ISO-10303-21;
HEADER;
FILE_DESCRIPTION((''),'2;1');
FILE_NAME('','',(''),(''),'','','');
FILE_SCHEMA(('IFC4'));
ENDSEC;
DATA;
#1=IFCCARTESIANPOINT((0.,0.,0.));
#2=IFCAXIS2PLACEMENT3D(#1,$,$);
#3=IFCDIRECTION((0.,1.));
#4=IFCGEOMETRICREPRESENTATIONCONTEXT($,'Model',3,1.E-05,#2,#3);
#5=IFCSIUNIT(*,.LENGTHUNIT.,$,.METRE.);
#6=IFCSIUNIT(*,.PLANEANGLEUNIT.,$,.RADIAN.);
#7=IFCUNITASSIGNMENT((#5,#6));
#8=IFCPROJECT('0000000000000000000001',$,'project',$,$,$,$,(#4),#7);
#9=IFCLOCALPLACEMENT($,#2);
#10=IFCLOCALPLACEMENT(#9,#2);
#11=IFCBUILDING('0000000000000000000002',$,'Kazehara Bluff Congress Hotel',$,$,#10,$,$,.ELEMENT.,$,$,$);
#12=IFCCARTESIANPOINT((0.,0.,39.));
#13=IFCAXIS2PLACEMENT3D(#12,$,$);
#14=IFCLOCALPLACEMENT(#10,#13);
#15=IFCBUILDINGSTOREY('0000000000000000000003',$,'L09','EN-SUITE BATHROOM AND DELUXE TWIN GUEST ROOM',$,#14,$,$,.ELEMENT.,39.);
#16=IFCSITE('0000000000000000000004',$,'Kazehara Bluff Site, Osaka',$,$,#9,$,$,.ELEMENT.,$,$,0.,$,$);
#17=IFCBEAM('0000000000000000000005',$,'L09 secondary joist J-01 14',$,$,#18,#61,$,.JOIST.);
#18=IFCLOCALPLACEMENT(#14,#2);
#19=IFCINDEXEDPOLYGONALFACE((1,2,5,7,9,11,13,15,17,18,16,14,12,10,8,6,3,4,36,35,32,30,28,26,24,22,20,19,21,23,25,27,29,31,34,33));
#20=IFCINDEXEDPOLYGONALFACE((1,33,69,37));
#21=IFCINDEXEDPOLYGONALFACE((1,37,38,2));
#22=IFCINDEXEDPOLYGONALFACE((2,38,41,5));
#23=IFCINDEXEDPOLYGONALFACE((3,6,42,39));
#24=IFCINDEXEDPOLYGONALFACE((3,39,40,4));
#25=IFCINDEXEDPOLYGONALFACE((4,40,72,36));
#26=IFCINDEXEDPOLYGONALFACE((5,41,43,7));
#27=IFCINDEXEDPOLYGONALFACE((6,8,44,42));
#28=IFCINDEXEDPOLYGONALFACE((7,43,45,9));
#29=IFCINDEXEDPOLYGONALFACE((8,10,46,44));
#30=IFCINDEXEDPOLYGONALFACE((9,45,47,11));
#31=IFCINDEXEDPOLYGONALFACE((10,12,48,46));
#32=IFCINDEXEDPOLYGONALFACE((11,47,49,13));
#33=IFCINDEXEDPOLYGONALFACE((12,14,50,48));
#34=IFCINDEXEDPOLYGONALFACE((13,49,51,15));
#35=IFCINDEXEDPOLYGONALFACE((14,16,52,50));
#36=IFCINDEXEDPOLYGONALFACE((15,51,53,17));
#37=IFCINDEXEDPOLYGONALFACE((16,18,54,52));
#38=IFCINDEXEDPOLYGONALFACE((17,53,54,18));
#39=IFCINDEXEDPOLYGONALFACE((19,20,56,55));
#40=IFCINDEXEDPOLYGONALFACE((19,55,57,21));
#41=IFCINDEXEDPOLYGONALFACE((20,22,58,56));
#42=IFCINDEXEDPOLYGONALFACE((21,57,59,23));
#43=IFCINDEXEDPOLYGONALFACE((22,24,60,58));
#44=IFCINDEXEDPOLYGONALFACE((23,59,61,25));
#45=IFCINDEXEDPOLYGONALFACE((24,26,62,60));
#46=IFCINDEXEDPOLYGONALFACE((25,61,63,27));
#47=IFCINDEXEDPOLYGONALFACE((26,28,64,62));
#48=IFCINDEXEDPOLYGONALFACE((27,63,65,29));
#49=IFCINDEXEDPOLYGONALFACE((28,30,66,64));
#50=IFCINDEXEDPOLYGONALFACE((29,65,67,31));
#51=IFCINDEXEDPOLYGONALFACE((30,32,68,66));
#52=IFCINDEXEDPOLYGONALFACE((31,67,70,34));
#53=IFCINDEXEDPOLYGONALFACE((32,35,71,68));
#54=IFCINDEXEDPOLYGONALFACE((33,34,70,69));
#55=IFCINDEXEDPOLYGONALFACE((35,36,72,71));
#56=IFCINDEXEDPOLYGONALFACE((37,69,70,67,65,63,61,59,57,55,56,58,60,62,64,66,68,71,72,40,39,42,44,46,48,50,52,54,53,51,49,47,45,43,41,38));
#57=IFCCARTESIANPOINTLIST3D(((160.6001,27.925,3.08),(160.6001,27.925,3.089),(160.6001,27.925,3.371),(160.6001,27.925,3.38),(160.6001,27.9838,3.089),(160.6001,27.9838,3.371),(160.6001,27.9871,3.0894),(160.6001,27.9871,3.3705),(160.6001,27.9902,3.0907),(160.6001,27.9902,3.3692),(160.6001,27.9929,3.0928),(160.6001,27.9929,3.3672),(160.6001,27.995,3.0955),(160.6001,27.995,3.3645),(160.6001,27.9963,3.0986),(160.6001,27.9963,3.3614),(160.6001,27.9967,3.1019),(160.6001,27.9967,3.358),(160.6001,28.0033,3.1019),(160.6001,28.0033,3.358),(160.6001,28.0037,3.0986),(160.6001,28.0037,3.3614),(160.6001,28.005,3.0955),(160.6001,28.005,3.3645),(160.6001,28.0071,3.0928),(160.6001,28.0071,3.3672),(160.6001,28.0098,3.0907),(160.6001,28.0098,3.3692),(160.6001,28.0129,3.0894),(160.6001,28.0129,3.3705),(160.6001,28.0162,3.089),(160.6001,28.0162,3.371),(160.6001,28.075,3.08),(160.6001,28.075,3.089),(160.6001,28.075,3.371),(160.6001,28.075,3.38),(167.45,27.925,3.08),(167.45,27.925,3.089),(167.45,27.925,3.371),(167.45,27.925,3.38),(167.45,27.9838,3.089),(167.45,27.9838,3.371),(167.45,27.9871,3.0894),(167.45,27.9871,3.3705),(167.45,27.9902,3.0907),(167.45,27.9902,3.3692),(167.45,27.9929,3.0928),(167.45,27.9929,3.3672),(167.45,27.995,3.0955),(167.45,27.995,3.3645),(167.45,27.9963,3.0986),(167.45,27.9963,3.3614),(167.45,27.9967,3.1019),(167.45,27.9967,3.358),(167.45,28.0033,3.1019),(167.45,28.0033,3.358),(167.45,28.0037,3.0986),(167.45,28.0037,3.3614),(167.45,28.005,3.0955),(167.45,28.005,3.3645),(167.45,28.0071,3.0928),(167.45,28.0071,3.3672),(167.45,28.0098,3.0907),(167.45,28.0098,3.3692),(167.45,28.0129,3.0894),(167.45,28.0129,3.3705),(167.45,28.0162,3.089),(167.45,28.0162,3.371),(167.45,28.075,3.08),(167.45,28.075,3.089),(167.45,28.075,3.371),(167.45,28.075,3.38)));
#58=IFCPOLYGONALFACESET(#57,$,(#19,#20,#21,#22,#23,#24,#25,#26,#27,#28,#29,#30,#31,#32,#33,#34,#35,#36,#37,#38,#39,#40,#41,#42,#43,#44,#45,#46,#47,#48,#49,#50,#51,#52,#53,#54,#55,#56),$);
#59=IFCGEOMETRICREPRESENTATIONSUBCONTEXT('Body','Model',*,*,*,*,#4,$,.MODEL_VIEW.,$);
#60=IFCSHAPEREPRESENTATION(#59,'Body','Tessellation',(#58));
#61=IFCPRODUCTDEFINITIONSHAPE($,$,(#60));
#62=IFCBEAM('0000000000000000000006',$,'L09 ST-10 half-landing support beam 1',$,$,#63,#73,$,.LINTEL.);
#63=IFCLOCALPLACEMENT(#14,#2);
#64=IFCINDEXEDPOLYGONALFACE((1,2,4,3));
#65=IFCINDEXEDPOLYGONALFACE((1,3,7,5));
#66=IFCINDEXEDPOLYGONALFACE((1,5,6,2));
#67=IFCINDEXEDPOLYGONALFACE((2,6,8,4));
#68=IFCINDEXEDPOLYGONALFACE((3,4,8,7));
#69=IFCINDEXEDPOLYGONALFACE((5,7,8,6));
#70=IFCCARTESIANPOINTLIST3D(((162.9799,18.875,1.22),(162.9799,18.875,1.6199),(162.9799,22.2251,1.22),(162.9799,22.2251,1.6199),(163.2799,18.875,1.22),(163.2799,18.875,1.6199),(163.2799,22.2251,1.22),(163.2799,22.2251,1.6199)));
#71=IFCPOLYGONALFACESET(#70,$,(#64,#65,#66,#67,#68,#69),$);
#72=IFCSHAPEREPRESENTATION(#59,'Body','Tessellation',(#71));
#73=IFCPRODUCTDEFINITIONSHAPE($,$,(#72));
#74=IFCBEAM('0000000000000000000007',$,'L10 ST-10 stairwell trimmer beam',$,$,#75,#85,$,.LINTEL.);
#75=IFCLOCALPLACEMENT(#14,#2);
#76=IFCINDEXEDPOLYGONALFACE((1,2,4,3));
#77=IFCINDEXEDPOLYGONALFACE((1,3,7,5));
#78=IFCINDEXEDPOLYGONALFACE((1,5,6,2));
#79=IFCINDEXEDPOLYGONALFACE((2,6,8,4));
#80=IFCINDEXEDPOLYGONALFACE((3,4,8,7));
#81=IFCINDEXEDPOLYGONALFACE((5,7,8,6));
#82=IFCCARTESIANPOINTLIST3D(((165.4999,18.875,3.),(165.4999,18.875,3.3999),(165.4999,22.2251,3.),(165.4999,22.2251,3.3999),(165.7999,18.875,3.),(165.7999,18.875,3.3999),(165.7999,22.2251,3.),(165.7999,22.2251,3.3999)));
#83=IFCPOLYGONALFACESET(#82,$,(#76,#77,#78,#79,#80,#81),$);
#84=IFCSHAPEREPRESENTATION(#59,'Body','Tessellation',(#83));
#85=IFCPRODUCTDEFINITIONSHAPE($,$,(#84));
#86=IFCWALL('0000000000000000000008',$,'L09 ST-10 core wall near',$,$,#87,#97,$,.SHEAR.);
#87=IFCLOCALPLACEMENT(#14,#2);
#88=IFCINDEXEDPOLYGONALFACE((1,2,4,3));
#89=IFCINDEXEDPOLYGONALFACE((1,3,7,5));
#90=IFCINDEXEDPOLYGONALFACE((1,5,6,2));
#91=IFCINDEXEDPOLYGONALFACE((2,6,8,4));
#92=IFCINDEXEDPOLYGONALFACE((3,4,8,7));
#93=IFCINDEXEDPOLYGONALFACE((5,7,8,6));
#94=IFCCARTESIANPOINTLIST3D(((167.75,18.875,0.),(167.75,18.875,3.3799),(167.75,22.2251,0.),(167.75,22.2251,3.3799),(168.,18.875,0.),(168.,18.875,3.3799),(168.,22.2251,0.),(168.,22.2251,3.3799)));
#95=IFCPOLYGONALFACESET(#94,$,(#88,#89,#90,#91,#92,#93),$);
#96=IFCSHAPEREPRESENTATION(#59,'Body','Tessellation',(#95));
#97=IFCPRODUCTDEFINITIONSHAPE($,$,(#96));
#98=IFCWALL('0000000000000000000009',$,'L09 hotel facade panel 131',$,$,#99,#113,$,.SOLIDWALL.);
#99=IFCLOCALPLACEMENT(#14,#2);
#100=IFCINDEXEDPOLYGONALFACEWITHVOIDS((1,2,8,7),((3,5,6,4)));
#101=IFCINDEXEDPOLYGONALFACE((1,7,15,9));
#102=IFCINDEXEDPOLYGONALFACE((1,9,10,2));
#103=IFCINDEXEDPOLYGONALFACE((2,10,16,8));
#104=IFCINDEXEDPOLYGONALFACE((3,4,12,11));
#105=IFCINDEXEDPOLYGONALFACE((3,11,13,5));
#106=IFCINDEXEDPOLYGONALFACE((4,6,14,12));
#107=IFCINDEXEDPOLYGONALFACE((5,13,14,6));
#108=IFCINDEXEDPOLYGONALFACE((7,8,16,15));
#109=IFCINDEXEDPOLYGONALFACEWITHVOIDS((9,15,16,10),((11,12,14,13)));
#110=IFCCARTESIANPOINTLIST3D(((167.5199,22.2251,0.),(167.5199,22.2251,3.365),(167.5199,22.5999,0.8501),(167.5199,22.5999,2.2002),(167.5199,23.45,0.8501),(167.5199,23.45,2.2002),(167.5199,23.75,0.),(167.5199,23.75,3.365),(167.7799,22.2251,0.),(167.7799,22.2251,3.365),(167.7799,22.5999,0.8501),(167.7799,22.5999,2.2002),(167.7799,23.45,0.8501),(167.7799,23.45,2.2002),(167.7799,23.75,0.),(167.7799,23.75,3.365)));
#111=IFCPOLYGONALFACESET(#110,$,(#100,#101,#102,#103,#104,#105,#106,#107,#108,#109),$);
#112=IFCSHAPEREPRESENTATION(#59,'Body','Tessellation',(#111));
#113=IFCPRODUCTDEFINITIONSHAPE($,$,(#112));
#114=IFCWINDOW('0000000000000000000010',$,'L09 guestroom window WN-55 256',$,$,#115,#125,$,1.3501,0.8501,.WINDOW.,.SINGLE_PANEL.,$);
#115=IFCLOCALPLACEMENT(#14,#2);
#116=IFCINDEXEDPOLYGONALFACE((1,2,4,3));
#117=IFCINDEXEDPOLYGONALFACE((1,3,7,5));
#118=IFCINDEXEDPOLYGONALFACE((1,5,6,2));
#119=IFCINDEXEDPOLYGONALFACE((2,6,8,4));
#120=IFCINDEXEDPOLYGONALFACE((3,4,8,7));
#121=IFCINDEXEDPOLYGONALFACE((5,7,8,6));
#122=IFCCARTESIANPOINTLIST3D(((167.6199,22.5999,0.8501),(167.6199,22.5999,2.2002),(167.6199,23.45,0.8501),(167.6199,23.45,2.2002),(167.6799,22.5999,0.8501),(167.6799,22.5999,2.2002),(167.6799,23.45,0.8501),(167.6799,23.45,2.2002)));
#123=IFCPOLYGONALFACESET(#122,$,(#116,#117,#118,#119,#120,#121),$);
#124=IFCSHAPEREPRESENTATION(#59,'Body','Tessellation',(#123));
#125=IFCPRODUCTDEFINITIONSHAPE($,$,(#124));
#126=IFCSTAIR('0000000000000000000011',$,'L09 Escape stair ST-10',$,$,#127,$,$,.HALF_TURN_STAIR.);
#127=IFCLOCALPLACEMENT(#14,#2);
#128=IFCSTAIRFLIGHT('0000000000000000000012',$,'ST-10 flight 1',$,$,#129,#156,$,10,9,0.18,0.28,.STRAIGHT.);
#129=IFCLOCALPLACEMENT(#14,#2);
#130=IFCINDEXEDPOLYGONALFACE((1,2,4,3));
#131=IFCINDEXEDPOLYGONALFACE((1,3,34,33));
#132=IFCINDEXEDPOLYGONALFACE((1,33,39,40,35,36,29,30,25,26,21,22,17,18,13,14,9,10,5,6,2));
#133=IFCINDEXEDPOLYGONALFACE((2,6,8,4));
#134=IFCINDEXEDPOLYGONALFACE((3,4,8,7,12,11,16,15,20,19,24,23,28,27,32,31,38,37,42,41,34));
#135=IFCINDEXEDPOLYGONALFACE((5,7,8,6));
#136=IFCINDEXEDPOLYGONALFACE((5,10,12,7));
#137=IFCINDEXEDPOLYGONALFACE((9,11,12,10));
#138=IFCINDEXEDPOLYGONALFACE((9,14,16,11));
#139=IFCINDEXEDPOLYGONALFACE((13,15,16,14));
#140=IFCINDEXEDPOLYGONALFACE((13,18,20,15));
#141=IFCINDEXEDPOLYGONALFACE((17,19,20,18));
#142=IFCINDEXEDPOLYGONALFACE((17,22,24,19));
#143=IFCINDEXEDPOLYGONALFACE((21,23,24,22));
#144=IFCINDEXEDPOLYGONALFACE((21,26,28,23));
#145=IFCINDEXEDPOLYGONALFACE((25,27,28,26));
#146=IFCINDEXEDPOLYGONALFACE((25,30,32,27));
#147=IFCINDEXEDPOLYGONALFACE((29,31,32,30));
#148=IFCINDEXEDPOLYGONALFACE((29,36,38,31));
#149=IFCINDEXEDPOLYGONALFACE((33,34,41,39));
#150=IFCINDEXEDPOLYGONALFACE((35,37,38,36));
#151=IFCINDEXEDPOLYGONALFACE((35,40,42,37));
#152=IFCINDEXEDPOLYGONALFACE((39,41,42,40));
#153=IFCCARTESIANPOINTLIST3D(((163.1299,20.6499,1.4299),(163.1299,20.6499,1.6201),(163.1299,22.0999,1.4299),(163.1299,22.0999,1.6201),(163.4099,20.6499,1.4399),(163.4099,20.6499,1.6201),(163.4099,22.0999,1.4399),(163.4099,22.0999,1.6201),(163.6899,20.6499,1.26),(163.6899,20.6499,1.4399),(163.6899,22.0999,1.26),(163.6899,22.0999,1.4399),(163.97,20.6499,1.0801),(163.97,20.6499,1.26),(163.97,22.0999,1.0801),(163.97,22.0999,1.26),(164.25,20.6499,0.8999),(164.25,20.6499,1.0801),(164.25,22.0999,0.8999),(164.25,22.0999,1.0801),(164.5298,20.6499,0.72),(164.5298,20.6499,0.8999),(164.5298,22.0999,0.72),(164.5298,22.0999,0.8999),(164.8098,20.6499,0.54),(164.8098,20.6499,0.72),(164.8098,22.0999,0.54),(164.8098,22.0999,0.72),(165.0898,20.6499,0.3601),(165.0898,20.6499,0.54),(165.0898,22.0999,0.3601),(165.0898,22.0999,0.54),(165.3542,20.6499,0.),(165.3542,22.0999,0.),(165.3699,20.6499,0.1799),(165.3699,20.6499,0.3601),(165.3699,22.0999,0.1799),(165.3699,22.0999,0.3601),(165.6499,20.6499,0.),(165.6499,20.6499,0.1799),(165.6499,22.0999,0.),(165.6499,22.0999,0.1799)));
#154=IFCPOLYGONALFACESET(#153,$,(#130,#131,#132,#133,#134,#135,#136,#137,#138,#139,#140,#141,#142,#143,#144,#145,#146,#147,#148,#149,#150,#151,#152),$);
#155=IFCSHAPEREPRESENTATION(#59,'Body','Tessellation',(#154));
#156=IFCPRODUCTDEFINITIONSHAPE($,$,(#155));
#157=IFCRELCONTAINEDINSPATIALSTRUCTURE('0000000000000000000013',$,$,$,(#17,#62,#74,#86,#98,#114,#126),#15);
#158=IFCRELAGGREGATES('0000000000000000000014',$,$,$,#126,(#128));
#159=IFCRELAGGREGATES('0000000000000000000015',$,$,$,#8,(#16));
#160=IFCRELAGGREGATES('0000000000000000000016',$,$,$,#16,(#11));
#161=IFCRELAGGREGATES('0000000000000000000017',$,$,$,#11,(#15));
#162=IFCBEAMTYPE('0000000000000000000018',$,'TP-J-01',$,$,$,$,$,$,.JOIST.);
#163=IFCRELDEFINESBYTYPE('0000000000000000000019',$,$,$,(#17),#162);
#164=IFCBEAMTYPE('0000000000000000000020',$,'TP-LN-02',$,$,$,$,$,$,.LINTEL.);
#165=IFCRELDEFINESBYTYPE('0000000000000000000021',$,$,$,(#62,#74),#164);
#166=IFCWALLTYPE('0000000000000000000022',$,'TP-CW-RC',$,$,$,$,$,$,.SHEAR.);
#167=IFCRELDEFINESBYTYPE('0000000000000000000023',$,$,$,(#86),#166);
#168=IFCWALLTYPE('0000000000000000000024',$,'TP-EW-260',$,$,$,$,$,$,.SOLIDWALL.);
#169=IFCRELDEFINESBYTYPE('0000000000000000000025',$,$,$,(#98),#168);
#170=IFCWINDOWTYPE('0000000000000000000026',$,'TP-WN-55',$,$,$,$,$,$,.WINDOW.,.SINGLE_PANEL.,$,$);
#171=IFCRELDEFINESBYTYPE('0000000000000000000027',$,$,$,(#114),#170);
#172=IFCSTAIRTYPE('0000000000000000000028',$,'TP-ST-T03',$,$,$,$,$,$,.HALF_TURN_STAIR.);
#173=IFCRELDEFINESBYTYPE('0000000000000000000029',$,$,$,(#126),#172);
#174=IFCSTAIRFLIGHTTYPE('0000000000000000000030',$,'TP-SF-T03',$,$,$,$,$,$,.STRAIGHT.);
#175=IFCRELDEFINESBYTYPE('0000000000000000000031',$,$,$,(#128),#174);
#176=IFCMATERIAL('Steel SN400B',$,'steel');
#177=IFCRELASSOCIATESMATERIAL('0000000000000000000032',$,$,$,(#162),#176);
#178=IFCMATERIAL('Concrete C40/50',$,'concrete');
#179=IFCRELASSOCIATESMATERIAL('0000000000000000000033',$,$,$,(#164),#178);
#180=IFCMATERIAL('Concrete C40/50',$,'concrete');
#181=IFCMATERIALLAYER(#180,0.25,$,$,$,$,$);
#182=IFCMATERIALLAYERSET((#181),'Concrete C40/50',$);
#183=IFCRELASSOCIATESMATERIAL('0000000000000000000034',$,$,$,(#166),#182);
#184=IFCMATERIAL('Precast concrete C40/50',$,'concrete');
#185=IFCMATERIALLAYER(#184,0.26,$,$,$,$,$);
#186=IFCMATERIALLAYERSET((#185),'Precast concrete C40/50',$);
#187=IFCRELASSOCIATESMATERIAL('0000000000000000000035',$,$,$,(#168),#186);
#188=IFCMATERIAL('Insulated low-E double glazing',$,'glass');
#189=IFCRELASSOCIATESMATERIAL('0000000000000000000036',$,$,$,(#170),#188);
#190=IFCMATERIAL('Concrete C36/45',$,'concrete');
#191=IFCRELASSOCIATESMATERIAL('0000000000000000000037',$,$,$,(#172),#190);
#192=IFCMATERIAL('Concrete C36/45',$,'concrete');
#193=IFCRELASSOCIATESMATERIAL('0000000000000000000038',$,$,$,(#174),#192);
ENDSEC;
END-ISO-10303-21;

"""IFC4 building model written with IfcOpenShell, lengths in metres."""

from ifc_helpers import new_model, si_unit, direction, frame, frame_2d, origin, origin_2d, place, context, subcontext, project, spatial, polyline, rectangle, i_section, outline, extrude, material, layer, layer_set, material_profile, profile_set, type_object, element, fill, aggregate, save


model = new_model("IFC4")

# Units and contexts
model_context = context("Model", 3, precision=1e-05, world=origin(), true_north=direction((0.0, 1.0)))
body_context = subcontext(model_context, "Body", "Model", "MODEL_VIEW")
ifc_project = project(units=[si_unit("LENGTHUNIT", "METRE"), si_unit("PLANEANGLEUNIT", "RADIAN")], contexts=[model_context])

# Site, building, storey
site_placement = place(None, origin())
site = spatial("IfcSite", under=ifc_project, at=site_placement, Name="Kazehara Bluff Site, Osaka", CompositionType="ELEMENT", RefElevation=0.0)
building_placement = place(site_placement, origin())
building = spatial("IfcBuilding", under=site, at=building_placement, Name="Kazehara Bluff Congress Hotel", CompositionType="ELEMENT")
storey_placement = place(building_placement, frame((0.0, 0.0, 39.0)))
storey = spatial("IfcBuildingStorey", under=building, at=storey_placement, Name="L09", Description="EN-SUITE BATHROOM AND DELUXE TWIN GUEST ROOM", CompositionType="ELEMENT", Elevation=39.0)

# Beams
ifc_material_1 = material(Name="Steel SN400B", Category="steel")
ifc_material_profile_1 = material_profile(ifc_material_1, i_section(OverallWidth=0.1499, OverallDepth=0.3, WebThickness=0.0066, FlangeThickness=0.009, FilletRadius=0.0129, at=origin_2d()))
ifc_profile_set_1 = profile_set([ifc_material_profile_1], Name="Steel SN400B")
beam_type_1 = type_object("IfcBeamType", Name="TP-J-01", PredefinedType="JOIST", material=ifc_profile_set_1)
beam_1_placement = place(storey_placement, frame((160.6001, 28.0, 3.23), z_axis=(1.0, 0.0, 0.0), x_axis=(0.0, 1.0, 0.0)))
element("IfcBeam", 1, at=beam_1_placement, inside=storey, type_object=beam_type_1, Name="L09 secondary joist J-01 14", PredefinedType="JOIST", context=body_context, shape_type="SweptSolid", body=[
    extrude(i_section(OverallWidth=0.1499, OverallDepth=0.3, WebThickness=0.0066, FlangeThickness=0.009, FilletRadius=0.0129, at=origin_2d()), origin(), (0.0, 0.0, 1.0), 6.8499),
])
ifc_material_2 = material(Name="Concrete C40/50", Category="concrete")
ifc_material_profile_2 = material_profile(ifc_material_2, rectangle(XDim=0.3, YDim=0.3999, at=origin_2d()))
ifc_profile_set_2 = profile_set([ifc_material_profile_2], Name="Concrete C40/50")
beam_type_2 = type_object("IfcBeamType", Name="TP-LN-02", PredefinedType="LINTEL", material=ifc_profile_set_2)
for number, where, z_axis, x_axis, name in (
    (2, (163.1299, 22.2251, 1.4199), (0.0, -1.0, 0.0), (1.0, 0.0, 0.0), "L09 ST-10 half-landing support beam 1"),
    (3, (165.6499, 22.2251, 3.2), (0.0, -1.0, 0.0), (1.0, 0.0, 0.0), "L10 ST-10 stairwell trimmer beam"),
):
    element("IfcBeam", number, at=place(storey_placement, frame(where, z_axis=z_axis, x_axis=x_axis)), inside=storey, type_object=beam_type_2, Name=name, PredefinedType="LINTEL", context=body_context, shape_type="SweptSolid", body=[
        extrude(rectangle(XDim=0.3, YDim=0.3999, at=origin_2d()), origin(), (0.0, 0.0, 1.0), 3.3501),
    ])

# Wall
ifc_material_3 = material(Name="Concrete C40/50", Category="concrete")
ifc_layer_1 = layer(ifc_material_3, 0.25)
ifc_layer_set_1 = layer_set([ifc_layer_1], Name="Concrete C40/50")
wall_type_1 = type_object("IfcWallType", Name="TP-CW-RC", PredefinedType="SHEAR", material=ifc_layer_set_1)
wall_1_placement = place(storey_placement, frame((167.875, 22.2251, 0.0), z_axis=(0.0, 0.0, 1.0), x_axis=(0.0, -1.0, 0.0)))
element("IfcWall", 4, at=wall_1_placement, inside=storey, type_object=wall_type_1, Name="L09 ST-10 core wall near", PredefinedType="SHEAR", context=body_context, shape_type="SweptSolid", body=[
    extrude(rectangle(XDim=3.3501, YDim=0.25, at=frame_2d((1.675, 0.0))), origin(), (0.0, 0.0, 1.0), 3.3799),
])

# Wall, opening, window
ifc_material_4 = material(Name="Precast concrete C40/50", Category="concrete")
ifc_layer_2 = layer(ifc_material_4, 0.26)
ifc_layer_set_2 = layer_set([ifc_layer_2], Name="Precast concrete C40/50")
wall_type_2 = type_object("IfcWallType", Name="TP-EW-260", PredefinedType="SOLIDWALL", material=ifc_layer_set_2)
wall_2_placement = place(storey_placement, frame((167.6499, 23.75, 0.0), z_axis=(0.0, 0.0, 1.0), x_axis=(0.0, -1.0, 0.0)))
wall_2 = element("IfcWall", 5, at=wall_2_placement, inside=storey, type_object=wall_type_2, Name="L09 hotel facade panel 131", PredefinedType="SOLIDWALL", context=body_context, shape_type="SweptSolid", body=[
    extrude(rectangle(XDim=1.5249, YDim=0.26, at=frame_2d((0.7625, 0.0))), origin(), (0.0, 0.0, 1.0), 3.365),
])
opening_placement = place(wall_2_placement, frame((0.3, 0.0, 0.8501)))
opening = element("IfcOpeningElement", 6, at=opening_placement, cuts=wall_2, PredefinedType="OPENING", context=body_context, shape_type="SweptSolid", body=[
    extrude(rectangle(XDim=0.8501, YDim=1.3501, at=frame_2d((0.425, 0.675))), frame((0.0, 0.1399, 0.0), z_axis=(0.0, -1.0, 0.0), x_axis=(1.0, 0.0, 0.0)), (0.0, 0.0, 1.0), 0.28),
])
ifc_material_5 = material(Name="Insulated low-E double glazing", Category="glass")
window_type = type_object("IfcWindowType", Name="TP-WN-55", PartitioningType="SINGLE_PANEL", PredefinedType="WINDOW", material=ifc_material_5)
window_placement = place(opening_placement, origin())
window = element("IfcWindow", 7, at=window_placement, inside=storey, type_object=window_type, Name="L09 guestroom window WN-55 256", OverallHeight=1.3501, OverallWidth=0.8501, PartitioningType="SINGLE_PANEL", PredefinedType="WINDOW", context=body_context, shape_type="SweptSolid", body=[
    extrude(rectangle(XDim=0.8501, YDim=1.3501, at=frame_2d((0.425, 0.675))), frame((0.0, 0.03, 0.0), z_axis=(0.0, -1.0, 0.0), x_axis=(1.0, 0.0, 0.0)), (0.0, 0.0, 1.0), 0.0601),
])
fill(opening, window)

# Stair, stair flight
ifc_material_6 = material(Name="Concrete C36/45", Category="concrete")
stair_type = type_object("IfcStairType", Name="TP-ST-T03", PredefinedType="HALF_TURN_STAIR", material=ifc_material_6)
stair_placement = place(storey_placement, origin())
stair = element("IfcStair", 8, at=stair_placement, inside=storey, type_object=stair_type, Name="L09 Escape stair ST-10", PredefinedType="HALF_TURN_STAIR")
ifc_material_7 = material(Name="Concrete C36/45", Category="concrete")
stair_flight_type = type_object("IfcStairFlightType", Name="TP-SF-T03", PredefinedType="STRAIGHT", material=ifc_material_7)
stair_flight_placement = place(storey_placement, frame((165.6499, 21.375, 0.0), z_axis=(0.0, 0.0, 1.0), x_axis=(-1.0, 0.0, 0.0)))
stair_flight = element("IfcStairFlight", 9, at=stair_flight_placement, type_object=stair_flight_type, Name="ST-10 flight 1", NumberOfRisers=10, NumberOfTreads=9, PredefinedType="STRAIGHT", RiserHeight=0.18, TreadLength=0.28, context=body_context, shape_type="SweptSolid", body=[
    extrude(outline(polyline([(0.0, 0.0), (0.0, 0.1799), (0.28, 0.1799), (0.28, 0.3601), (0.5601, 0.3601), (0.5601, 0.54), (0.8401, 0.54), (0.8401, 0.72), (1.1201, 0.72), (1.1201, 0.8999), (1.3999, 0.8999), (1.3999, 1.0801), (1.6799, 1.0801), (1.6799, 1.26), (1.96, 1.26), (1.96, 1.4399), (2.24, 1.4399), (2.24, 1.6201), (2.52, 1.6201), (2.52, 1.8), (2.52, 1.4299), (0.2957, 0.0), (0.0, 0.0)])), frame((0.0, 0.7251, 0.0), z_axis=(0.0, -1.0, 0.0), x_axis=(1.0, 0.0, 0.0)), (0.0, 0.0, 1.0), 1.45),
])
aggregate(stair, [stair_flight])

save(model, "model.ifc")
